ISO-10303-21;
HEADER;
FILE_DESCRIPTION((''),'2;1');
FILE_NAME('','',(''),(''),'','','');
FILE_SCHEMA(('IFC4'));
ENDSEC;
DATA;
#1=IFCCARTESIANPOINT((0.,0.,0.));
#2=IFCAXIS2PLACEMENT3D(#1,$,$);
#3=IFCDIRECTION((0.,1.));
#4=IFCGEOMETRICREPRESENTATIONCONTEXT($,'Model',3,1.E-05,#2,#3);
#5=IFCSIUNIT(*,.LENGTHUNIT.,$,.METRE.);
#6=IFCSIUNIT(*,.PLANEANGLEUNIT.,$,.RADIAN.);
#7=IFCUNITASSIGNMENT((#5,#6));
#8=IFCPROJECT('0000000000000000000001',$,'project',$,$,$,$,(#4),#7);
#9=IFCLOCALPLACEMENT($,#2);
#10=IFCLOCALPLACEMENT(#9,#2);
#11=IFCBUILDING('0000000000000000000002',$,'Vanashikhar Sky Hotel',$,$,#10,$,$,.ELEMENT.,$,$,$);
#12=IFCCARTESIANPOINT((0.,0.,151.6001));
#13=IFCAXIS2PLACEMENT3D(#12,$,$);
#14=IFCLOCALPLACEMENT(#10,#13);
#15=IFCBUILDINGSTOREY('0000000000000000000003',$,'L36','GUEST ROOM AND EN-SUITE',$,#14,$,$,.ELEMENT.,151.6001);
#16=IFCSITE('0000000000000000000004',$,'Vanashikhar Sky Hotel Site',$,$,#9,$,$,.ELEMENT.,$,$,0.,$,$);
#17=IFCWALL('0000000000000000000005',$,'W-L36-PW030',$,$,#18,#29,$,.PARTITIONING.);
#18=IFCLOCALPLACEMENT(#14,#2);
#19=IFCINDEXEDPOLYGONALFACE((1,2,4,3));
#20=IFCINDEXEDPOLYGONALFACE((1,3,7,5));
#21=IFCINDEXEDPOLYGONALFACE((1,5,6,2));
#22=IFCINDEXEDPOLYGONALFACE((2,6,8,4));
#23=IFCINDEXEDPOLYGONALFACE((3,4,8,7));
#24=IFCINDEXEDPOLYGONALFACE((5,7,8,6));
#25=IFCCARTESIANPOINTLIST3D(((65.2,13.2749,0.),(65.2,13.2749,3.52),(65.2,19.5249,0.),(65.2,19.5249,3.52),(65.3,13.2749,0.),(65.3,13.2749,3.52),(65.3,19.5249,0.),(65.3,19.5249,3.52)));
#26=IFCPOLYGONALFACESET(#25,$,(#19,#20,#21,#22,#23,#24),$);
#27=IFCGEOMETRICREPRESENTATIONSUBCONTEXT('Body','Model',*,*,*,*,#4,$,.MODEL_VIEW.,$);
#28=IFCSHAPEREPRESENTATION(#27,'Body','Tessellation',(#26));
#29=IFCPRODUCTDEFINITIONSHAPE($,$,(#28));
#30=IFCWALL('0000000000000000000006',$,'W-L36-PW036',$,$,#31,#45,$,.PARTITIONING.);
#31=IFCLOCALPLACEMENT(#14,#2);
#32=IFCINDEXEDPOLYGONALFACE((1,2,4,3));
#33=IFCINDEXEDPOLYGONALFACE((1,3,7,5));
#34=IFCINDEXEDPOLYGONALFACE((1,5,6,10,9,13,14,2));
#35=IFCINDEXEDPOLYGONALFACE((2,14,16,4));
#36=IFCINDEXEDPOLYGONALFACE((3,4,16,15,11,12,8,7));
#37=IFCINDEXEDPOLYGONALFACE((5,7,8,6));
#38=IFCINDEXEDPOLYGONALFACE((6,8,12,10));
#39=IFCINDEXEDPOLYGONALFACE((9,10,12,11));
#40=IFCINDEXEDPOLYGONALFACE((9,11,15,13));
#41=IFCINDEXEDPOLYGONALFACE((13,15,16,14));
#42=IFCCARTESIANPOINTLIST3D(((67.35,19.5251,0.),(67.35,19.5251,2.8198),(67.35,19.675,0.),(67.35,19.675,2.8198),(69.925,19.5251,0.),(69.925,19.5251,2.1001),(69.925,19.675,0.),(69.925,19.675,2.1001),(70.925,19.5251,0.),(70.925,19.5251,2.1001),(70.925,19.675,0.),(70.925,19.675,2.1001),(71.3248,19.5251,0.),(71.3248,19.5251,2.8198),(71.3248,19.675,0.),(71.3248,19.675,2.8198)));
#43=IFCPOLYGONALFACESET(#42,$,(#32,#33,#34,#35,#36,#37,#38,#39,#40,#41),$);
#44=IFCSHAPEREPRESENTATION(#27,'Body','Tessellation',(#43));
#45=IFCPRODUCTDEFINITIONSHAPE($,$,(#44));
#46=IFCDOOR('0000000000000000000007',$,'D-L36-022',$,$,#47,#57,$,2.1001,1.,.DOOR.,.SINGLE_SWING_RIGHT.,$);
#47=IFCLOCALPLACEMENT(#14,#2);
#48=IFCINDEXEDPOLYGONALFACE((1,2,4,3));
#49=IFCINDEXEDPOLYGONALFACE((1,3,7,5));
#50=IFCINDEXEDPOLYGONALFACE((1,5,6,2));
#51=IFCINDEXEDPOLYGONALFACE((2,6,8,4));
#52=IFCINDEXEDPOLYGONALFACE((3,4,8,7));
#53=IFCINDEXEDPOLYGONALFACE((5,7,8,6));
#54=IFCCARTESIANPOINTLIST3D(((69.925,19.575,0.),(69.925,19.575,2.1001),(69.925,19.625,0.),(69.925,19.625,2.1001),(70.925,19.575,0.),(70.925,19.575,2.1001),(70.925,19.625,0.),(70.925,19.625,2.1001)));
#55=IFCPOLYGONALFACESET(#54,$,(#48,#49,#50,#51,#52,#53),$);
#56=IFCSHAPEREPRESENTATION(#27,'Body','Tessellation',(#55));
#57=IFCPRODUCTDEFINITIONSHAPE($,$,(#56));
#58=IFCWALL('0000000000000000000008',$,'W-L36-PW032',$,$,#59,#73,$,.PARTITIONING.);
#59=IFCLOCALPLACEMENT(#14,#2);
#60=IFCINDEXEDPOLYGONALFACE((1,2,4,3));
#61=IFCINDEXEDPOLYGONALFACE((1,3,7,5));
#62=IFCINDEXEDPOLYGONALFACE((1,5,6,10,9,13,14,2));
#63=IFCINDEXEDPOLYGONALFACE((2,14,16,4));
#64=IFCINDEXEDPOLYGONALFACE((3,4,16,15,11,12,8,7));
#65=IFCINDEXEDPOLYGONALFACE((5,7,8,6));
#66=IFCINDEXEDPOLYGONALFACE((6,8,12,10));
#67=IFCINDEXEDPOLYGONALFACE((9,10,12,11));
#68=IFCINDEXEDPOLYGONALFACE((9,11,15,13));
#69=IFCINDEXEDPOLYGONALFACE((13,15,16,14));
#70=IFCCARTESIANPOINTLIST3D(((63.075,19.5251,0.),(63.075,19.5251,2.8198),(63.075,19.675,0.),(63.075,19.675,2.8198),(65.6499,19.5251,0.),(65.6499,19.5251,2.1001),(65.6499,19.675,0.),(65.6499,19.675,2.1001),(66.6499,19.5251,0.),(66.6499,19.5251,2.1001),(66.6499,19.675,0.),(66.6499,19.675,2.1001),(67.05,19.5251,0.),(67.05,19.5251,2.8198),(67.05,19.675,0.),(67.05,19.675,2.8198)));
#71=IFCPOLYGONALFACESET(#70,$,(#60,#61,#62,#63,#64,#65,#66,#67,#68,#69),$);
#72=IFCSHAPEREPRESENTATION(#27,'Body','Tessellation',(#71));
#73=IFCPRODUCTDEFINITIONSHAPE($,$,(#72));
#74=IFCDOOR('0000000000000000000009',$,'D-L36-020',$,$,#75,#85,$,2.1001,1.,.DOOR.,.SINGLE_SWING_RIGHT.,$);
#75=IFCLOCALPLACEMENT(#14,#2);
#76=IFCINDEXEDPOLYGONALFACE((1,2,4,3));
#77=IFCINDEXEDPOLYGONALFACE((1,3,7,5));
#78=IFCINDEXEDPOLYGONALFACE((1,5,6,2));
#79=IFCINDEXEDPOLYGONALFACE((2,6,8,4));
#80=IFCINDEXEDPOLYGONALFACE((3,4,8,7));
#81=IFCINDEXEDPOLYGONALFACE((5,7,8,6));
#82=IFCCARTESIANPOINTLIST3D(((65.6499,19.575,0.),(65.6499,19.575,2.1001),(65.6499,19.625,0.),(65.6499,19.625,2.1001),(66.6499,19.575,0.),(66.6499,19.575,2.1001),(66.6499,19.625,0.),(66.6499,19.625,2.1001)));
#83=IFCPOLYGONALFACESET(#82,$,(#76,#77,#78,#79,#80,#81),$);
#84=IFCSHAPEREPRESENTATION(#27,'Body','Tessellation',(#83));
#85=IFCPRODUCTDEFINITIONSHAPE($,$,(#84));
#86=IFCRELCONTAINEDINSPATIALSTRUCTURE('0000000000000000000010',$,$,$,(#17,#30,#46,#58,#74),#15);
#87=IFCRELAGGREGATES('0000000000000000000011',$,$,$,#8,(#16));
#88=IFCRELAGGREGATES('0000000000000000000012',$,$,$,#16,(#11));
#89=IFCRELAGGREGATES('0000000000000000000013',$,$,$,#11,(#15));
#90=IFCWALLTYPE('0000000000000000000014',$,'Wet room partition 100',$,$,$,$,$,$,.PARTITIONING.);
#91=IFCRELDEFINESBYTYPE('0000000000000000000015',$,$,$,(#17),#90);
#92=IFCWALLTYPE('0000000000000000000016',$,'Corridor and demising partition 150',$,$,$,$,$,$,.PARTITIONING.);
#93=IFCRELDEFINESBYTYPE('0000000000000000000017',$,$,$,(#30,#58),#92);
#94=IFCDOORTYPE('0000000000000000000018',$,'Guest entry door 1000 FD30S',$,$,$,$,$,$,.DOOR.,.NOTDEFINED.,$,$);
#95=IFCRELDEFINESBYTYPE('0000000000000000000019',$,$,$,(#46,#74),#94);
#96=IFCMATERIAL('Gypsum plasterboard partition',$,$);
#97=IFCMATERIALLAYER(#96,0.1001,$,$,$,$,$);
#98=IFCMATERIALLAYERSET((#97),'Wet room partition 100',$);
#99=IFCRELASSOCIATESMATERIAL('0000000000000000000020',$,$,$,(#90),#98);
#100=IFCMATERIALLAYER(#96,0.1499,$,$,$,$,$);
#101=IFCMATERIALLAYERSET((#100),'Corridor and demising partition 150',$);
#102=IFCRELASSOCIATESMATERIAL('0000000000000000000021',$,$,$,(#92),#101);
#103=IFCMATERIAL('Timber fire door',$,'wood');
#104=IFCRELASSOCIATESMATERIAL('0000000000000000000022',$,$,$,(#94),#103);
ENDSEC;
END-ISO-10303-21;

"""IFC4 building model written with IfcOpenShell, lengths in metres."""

from ifc_helpers import new_model, si_unit, direction, frame, frame_2d, origin, place, context, subcontext, project, spatial, rectangle, extrude, source, transform, mapped, material, layer, layer_set, type_object, element, fill, save


model = new_model("IFC4")

# Units and contexts
model_context = context("Model", 3, precision=1e-05, world=origin(), true_north=direction((0.0, 1.0)))
body_context = subcontext(model_context, "Body", "Model", "MODEL_VIEW")
ifc_project = project(units=[si_unit("LENGTHUNIT", "METRE"), si_unit("PLANEANGLEUNIT", "RADIAN")], contexts=[model_context])

# Site, building, storey
site_placement = place(None, origin())
site = spatial("IfcSite", under=ifc_project, at=site_placement, Name="Vanashikhar Sky Hotel Site", CompositionType="ELEMENT", RefElevation=0.0)
building_placement = place(site_placement, origin())
building = spatial("IfcBuilding", under=site, at=building_placement, Name="Vanashikhar Sky Hotel", CompositionType="ELEMENT")
storey_placement = place(building_placement, frame((0.0, 0.0, 151.6001)))
storey = spatial("IfcBuildingStorey", under=building, at=storey_placement, Name="L36", Description="GUEST ROOM AND EN-SUITE", CompositionType="ELEMENT", Elevation=151.6001)

# Wall
ifc_material_1 = material(Name="Gypsum plasterboard partition")
ifc_layer_1 = layer(ifc_material_1, 0.1001)
ifc_layer_set_1 = layer_set([ifc_layer_1], Name="Wet room partition 100")
wall_type_1 = type_object("IfcWallType", Name="Wet room partition 100", PredefinedType="PARTITIONING", material=ifc_layer_set_1)
shared_shape_1 = source(origin(), body_context, "Body", "SweptSolid", [
    extrude(rectangle(XDim=6.25, YDim=0.1001, at=frame_2d((3.125, 0.0))), origin(), (0.0, 0.0, 1.0), 3.52),
])
wall_1_placement = place(storey_placement, frame((65.25, 13.2749, 0.0), z_axis=(0.0, 0.0, 1.0), x_axis=(0.0, 1.0, 0.0)))
element("IfcWall", 1, at=wall_1_placement, inside=storey, type_object=wall_type_1, Name="W-L36-PW030", PredefinedType="PARTITIONING", context=body_context, shape_type="MappedRepresentation", body=[
    mapped(shared_shape_1, transform((0.0, 0.0, 0.0), scale=1.0)),
])

# Walls, openings, doors
ifc_layer_2 = layer(ifc_material_1, 0.1499)
ifc_layer_set_2 = layer_set([ifc_layer_2], Name="Corridor and demising partition 150")
wall_type_2 = type_object("IfcWallType", Name="Corridor and demising partition 150", PredefinedType="PARTITIONING", material=ifc_layer_set_2)
shared_shape_2 = source(origin(), body_context, "Body", "SweptSolid", [
    extrude(rectangle(XDim=3.9749, YDim=0.1499, at=frame_2d((1.9873, 0.0))), origin(), (0.0, 0.0, 1.0), 2.8198),
])
wall_2_placement = place(storey_placement, frame((67.3501, 19.6001, 0.0), z_axis=(0.0, 0.0, 1.0), x_axis=(1.0, 0.0, 0.0)))
wall_2 = element("IfcWall", 2, at=wall_2_placement, inside=storey, type_object=wall_type_2, Name="W-L36-PW036", PredefinedType="PARTITIONING", context=body_context, shape_type="MappedRepresentation", body=[
    mapped(shared_shape_2, transform((0.0, 0.0, 0.0), scale=1.0)),
])
shared_shape_3 = source(origin(), body_context, "Body", "SweptSolid", [
    extrude(rectangle(XDim=1.0, YDim=2.1001, at=frame_2d((0.5, 1.05))), frame((0.0, 0.085, 0.0), z_axis=(0.0, -1.0, 0.0), x_axis=(1.0, 0.0, 0.0)), (0.0, 0.0, 1.0), 0.1699),
])
opening_1_placement = place(wall_2_placement, frame((2.575, 0.0, 0.0)))
opening_1 = element("IfcOpeningElement", 3, at=opening_1_placement, cuts=wall_2, PredefinedType="OPENING", context=body_context, shape_type="MappedRepresentation", body=[
    mapped(shared_shape_3, transform((0.0, 0.0, 0.0), scale=1.0)),
])
ifc_material_2 = material(Name="Timber fire door", Category="wood")
door_type_1 = type_object("IfcDoorType", Name="Guest entry door 1000 FD30S", OperationType="NOTDEFINED", PredefinedType="DOOR", material=ifc_material_2)
shared_shape_4 = source(origin(), body_context, "Body", "SweptSolid", [
    extrude(rectangle(XDim=1.0, YDim=2.1001, at=frame_2d((0.5, 1.05))), frame((0.0, 0.0249, 0.0), z_axis=(0.0, -1.0, 0.0), x_axis=(1.0, 0.0, 0.0)), (0.0, 0.0, 1.0), 0.05),
])
door_1_placement = place(opening_1_placement, origin())
door_1 = element("IfcDoor", 4, at=door_1_placement, inside=storey, type_object=door_type_1, Name="D-L36-022", OperationType="SINGLE_SWING_RIGHT", OverallHeight=2.1001, OverallWidth=1.0, PredefinedType="DOOR", context=body_context, shape_type="MappedRepresentation", body=[
    mapped(shared_shape_4, transform((0.0, 0.0, 0.0), scale=1.0)),
])
fill(opening_1, door_1)
shared_shape_5 = source(origin(), body_context, "Body", "SweptSolid", [
    extrude(rectangle(XDim=3.9751, YDim=0.1499, at=frame_2d((1.9875, 0.0))), origin(), (0.0, 0.0, 1.0), 2.8198),
])
wall_3_placement = place(storey_placement, frame((63.075, 19.6001, 0.0), z_axis=(0.0, 0.0, 1.0), x_axis=(1.0, 0.0, 0.0)))
wall_3 = element("IfcWall", 5, at=wall_3_placement, inside=storey, type_object=wall_type_2, Name="W-L36-PW032", PredefinedType="PARTITIONING", context=body_context, shape_type="MappedRepresentation", body=[
    mapped(shared_shape_5, transform((0.0, 0.0, 0.0), scale=1.0)),
])
opening_2_placement = place(wall_3_placement, frame((2.575, 0.0, 0.0)))
opening_2 = element("IfcOpeningElement", 6, at=opening_2_placement, cuts=wall_3, PredefinedType="OPENING", context=body_context, shape_type="MappedRepresentation", body=[
    mapped(shared_shape_3, transform((0.0, 0.0, 0.0), scale=1.0)),
])
door_2_placement = place(opening_2_placement, origin())
door_2 = element("IfcDoor", 7, at=door_2_placement, inside=storey, type_object=door_type_1, Name="D-L36-020", OperationType="SINGLE_SWING_RIGHT", OverallHeight=2.1001, OverallWidth=1.0, PredefinedType="DOOR", context=body_context, shape_type="MappedRepresentation", body=[
    mapped(shared_shape_4, transform((0.0, 0.0, 0.0), scale=1.0)),
])
fill(opening_2, door_2)

save(model, "model.ifc")
